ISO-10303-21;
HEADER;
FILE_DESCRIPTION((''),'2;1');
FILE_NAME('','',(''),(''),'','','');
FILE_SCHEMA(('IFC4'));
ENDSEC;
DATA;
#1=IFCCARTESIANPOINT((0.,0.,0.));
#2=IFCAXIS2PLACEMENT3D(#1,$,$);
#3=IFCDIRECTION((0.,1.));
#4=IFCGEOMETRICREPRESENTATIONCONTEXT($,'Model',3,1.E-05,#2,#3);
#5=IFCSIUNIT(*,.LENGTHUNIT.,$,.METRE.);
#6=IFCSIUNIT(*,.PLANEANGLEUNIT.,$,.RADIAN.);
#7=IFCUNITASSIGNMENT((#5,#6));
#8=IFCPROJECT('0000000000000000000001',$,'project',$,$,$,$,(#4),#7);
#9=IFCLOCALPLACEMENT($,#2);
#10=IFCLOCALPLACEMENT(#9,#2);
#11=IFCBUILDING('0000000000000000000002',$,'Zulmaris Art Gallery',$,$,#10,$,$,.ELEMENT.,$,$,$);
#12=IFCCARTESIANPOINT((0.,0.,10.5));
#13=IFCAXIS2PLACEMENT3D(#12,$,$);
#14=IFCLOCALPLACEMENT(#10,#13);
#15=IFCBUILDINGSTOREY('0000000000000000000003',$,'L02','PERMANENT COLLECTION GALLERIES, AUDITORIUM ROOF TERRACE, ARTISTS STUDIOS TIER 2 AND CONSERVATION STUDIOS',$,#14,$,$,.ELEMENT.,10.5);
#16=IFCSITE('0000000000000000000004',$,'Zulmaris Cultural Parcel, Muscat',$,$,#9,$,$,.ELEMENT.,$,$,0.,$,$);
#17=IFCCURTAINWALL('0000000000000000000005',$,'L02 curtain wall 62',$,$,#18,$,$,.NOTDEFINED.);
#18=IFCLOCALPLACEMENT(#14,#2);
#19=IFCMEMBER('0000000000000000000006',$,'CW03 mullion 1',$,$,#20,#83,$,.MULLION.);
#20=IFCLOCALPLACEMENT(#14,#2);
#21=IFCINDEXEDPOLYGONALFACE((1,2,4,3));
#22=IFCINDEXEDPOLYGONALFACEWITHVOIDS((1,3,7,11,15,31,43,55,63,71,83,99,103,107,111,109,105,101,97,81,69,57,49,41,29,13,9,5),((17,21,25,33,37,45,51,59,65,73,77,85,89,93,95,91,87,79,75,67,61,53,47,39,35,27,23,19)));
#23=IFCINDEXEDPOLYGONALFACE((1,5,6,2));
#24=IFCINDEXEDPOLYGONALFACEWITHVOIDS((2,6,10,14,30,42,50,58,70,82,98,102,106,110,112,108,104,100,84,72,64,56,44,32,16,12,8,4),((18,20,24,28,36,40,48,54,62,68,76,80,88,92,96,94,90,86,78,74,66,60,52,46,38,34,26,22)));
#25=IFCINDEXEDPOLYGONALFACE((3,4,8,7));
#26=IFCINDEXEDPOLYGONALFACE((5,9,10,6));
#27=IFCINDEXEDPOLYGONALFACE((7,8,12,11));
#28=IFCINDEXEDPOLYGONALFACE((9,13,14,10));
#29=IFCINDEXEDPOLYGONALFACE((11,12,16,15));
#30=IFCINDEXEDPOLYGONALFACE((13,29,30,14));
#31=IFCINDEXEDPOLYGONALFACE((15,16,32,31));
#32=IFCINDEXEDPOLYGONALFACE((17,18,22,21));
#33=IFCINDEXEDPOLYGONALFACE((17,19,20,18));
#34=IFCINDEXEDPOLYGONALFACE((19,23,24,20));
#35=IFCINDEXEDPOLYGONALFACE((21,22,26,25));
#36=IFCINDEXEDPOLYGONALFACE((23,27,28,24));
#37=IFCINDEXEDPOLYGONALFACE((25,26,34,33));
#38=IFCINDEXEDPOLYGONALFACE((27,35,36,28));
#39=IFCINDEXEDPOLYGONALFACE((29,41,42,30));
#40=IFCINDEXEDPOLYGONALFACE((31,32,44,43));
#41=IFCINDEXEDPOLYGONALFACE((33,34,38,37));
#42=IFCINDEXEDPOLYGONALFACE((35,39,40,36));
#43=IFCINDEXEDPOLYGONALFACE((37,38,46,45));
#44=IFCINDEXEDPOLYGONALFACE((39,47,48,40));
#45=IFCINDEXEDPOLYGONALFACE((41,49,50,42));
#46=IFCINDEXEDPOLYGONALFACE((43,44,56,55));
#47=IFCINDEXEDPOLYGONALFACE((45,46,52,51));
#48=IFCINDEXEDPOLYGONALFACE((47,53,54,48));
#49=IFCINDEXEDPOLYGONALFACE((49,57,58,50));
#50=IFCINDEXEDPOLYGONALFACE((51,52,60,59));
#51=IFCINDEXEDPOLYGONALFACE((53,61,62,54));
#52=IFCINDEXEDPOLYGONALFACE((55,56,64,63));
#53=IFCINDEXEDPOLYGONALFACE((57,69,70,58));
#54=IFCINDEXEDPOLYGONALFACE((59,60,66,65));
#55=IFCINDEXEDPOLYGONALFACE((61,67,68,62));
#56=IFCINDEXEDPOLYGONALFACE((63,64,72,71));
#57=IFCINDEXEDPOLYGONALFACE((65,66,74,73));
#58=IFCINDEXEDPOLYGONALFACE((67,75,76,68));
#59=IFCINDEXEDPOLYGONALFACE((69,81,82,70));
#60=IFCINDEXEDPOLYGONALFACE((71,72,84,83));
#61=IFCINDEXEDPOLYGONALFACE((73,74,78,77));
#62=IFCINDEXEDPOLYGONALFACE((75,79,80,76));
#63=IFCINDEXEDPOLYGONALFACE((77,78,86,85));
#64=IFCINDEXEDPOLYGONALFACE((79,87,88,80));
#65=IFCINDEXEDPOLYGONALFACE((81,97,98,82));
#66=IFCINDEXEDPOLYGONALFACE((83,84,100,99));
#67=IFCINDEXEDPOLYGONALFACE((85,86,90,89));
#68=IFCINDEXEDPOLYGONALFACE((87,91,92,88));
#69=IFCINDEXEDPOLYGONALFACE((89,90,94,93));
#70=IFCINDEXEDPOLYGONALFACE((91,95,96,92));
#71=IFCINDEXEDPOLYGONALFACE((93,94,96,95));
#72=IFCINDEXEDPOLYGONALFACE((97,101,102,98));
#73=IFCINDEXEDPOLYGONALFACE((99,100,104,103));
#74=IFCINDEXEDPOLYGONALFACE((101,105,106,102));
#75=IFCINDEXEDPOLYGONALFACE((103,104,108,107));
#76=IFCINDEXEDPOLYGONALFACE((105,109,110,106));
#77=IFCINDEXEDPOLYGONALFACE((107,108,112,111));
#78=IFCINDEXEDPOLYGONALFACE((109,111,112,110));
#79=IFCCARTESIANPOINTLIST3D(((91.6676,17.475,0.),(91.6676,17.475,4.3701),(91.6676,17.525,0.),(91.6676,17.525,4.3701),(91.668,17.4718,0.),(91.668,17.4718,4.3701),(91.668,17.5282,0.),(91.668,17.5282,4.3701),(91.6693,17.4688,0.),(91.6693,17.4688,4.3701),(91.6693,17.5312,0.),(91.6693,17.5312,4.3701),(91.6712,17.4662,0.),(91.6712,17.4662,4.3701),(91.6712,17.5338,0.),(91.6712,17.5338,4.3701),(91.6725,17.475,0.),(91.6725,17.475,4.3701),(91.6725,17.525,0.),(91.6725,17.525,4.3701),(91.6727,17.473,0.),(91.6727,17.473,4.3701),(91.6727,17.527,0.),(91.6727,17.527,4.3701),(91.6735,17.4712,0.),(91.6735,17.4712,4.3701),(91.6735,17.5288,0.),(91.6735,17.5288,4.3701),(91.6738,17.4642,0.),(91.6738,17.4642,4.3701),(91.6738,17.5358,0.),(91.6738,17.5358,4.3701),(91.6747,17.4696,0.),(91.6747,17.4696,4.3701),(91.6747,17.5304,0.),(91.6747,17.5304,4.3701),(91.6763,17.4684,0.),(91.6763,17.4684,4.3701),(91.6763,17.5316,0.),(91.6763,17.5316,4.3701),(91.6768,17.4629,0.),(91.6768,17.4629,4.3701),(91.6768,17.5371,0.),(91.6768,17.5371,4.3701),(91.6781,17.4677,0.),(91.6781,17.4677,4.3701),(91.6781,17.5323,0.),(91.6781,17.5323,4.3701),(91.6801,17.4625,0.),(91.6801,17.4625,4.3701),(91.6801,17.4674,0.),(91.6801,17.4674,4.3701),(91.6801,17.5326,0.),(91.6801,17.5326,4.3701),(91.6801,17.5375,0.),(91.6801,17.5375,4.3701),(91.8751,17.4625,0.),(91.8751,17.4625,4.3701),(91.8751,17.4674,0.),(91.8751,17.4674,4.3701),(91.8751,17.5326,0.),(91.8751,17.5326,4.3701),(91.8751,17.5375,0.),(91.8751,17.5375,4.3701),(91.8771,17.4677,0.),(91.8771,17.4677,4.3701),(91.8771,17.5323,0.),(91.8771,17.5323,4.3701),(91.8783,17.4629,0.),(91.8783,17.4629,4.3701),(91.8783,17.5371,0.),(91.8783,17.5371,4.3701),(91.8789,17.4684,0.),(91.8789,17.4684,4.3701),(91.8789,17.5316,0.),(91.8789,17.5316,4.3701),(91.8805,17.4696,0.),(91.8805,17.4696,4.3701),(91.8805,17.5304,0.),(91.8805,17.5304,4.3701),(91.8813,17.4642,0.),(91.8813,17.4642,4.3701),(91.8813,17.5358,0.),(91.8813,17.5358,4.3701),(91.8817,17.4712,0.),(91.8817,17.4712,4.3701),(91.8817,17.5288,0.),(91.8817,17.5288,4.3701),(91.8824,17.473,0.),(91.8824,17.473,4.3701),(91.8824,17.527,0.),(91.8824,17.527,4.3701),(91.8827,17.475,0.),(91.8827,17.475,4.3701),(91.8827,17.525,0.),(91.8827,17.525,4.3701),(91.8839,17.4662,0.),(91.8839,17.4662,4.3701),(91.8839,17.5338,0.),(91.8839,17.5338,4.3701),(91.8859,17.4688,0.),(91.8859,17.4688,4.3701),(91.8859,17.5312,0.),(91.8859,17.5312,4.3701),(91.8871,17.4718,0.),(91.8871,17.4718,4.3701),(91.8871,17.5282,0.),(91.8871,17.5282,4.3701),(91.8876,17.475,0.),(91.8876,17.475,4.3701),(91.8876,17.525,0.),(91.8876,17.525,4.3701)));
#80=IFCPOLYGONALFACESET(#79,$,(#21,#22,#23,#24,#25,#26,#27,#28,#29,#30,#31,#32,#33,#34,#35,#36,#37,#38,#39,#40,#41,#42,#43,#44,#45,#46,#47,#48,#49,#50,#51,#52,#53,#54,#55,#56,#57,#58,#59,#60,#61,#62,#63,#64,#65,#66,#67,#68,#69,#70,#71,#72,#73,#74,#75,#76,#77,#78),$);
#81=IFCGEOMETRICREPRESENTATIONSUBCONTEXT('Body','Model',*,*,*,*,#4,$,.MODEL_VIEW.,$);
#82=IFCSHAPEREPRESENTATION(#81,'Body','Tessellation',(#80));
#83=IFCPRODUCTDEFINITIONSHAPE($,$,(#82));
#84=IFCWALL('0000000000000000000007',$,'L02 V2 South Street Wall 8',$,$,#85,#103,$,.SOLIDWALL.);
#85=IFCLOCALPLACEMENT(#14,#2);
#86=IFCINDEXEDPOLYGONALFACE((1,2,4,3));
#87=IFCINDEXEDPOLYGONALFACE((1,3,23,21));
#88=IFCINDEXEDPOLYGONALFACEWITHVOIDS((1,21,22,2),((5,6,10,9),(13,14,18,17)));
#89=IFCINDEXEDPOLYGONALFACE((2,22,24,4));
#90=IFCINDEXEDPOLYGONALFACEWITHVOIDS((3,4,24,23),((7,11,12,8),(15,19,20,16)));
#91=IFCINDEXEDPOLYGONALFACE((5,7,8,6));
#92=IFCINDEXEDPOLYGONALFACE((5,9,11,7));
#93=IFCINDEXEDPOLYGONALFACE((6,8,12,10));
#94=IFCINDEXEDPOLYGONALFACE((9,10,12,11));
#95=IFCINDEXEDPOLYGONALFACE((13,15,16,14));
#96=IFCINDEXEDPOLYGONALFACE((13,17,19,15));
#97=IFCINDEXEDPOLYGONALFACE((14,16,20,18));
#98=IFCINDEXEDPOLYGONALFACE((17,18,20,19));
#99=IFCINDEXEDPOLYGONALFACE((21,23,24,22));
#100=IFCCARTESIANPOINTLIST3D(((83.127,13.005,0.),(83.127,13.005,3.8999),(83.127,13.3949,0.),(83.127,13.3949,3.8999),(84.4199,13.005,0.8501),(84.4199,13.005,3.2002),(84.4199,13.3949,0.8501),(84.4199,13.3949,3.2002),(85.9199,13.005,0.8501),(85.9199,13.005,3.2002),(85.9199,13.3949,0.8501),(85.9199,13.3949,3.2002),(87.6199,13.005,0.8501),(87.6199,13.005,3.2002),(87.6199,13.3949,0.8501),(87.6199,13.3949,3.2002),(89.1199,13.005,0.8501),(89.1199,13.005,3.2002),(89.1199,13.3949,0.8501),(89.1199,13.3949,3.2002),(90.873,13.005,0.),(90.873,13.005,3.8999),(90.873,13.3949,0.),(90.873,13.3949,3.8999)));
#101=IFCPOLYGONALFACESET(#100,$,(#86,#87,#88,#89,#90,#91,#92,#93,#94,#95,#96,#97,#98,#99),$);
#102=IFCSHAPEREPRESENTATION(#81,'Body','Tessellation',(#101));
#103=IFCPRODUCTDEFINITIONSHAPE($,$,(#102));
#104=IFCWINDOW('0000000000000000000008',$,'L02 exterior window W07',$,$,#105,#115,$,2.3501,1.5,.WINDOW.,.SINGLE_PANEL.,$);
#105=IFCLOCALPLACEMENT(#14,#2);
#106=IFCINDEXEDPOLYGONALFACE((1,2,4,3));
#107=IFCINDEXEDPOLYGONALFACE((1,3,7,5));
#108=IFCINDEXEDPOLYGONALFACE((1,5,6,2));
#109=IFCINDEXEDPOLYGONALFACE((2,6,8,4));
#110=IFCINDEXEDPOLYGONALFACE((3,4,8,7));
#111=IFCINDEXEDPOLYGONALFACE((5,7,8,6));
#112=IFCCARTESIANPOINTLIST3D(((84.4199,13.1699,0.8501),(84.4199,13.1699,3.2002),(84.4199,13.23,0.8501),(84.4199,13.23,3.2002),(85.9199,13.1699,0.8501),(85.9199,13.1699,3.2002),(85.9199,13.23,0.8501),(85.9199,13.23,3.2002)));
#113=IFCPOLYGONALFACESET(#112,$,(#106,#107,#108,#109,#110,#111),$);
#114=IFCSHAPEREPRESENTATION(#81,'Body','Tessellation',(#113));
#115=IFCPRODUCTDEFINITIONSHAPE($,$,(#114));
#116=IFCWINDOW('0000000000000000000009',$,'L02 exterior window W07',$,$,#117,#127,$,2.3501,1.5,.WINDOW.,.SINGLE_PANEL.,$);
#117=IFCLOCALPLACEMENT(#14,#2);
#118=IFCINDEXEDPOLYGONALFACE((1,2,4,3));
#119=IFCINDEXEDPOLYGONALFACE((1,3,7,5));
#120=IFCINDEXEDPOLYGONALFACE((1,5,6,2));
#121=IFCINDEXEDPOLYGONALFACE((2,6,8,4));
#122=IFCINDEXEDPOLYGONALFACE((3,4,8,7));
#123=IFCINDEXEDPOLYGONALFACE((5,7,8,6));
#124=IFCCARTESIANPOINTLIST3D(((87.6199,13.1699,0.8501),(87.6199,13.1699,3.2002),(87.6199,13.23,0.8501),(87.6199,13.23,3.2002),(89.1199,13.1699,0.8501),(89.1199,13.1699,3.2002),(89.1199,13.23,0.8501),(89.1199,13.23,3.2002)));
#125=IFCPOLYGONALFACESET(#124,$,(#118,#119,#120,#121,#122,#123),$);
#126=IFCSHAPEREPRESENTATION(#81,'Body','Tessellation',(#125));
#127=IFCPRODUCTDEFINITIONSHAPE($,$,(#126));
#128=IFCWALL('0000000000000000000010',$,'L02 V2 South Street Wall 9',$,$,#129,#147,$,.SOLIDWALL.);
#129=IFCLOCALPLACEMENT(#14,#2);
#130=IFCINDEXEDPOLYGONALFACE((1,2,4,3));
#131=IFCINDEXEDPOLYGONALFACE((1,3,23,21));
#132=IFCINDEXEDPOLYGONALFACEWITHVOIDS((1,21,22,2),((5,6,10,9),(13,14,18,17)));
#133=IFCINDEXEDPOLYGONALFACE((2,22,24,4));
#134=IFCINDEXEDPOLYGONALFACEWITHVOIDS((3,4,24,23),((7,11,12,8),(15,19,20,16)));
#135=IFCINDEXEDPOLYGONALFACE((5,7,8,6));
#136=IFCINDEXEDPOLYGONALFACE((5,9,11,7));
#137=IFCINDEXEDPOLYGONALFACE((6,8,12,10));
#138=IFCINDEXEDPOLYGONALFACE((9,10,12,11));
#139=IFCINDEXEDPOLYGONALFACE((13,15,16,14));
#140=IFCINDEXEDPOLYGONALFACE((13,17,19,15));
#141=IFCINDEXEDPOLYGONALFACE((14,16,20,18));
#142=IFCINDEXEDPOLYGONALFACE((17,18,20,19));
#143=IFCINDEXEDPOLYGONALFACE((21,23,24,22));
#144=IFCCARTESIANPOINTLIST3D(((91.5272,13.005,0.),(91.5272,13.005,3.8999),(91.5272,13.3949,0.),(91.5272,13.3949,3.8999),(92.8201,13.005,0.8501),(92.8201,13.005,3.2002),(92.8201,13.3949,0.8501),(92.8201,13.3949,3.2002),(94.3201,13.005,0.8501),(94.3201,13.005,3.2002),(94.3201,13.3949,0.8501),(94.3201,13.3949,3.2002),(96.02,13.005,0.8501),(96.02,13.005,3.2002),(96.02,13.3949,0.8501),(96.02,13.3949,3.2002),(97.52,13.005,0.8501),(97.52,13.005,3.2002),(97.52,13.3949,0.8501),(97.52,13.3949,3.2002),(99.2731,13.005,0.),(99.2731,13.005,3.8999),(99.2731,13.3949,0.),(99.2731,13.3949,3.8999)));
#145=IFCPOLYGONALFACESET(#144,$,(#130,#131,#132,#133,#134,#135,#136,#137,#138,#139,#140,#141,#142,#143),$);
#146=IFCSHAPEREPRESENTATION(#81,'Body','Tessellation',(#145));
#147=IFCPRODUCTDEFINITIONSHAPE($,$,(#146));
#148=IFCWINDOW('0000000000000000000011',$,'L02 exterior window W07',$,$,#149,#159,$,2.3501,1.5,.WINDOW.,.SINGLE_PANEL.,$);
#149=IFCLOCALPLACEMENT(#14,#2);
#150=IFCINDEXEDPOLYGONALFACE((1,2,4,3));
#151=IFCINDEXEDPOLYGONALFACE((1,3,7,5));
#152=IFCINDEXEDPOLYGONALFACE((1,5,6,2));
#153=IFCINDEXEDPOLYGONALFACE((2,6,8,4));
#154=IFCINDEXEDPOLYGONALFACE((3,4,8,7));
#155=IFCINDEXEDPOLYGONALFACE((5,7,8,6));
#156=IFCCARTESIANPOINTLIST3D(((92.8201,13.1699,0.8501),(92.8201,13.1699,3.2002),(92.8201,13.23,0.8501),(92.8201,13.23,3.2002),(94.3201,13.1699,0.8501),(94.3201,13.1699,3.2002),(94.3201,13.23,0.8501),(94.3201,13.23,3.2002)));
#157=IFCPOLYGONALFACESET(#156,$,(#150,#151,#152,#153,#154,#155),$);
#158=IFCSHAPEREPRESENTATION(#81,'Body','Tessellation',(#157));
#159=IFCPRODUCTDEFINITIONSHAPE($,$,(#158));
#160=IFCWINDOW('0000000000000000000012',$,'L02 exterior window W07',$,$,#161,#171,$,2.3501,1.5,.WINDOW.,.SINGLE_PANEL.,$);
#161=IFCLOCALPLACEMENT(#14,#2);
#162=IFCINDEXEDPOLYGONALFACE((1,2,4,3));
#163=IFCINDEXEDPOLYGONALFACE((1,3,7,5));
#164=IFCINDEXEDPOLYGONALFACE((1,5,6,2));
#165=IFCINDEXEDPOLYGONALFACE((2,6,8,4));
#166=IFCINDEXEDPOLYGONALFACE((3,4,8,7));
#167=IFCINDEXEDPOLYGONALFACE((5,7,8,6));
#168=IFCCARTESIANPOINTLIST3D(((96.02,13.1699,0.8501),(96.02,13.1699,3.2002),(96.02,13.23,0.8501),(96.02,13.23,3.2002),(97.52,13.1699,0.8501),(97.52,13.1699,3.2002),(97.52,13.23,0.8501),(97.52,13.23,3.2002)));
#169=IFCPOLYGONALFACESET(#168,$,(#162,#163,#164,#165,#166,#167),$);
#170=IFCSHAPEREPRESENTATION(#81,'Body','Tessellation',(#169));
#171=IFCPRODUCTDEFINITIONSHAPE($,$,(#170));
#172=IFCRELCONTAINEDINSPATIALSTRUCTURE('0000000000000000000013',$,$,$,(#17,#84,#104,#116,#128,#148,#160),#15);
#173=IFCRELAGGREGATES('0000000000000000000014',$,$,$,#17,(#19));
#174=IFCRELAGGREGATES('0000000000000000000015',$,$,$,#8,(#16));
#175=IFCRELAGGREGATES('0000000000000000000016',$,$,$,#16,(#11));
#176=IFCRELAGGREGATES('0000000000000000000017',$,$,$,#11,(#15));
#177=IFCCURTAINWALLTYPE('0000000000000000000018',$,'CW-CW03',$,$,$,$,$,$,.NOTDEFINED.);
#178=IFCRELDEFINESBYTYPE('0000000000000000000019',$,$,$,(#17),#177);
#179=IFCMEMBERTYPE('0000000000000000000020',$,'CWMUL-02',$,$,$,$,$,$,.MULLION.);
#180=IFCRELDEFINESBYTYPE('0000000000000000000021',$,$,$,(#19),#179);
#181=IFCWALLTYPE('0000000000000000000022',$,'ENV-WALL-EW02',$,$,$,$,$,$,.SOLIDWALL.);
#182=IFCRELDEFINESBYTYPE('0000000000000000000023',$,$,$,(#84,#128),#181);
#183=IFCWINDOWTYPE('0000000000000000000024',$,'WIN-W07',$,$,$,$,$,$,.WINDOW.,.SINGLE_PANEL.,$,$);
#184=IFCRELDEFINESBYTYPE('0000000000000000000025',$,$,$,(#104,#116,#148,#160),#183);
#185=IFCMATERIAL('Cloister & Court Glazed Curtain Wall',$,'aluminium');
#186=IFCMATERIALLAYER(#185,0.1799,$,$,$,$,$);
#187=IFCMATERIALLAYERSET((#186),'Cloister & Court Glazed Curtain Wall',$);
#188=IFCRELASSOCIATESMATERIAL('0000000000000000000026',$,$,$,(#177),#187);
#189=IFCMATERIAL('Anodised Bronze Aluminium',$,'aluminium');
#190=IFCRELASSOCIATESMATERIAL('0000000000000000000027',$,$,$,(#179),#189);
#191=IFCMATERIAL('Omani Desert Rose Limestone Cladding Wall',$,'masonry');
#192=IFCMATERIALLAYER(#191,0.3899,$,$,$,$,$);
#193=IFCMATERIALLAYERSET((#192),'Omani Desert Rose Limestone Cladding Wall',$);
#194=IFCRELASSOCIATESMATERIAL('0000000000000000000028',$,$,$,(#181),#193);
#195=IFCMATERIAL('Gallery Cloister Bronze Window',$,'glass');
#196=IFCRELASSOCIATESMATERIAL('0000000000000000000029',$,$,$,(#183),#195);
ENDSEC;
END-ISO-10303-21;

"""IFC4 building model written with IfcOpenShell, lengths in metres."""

from ifc_helpers import new_model, si_unit, direction, frame, frame_2d, origin, origin_2d, place, context, subcontext, project, spatial, rectangle, hollow_rectangle, extrude, material, layer, layer_set, material_profile, profile_set, type_object, element, fill, aggregate, save


model = new_model("IFC4")

# Units and contexts
model_context = context("Model", 3, precision=1e-05, world=origin(), true_north=direction((0.0, 1.0)))
body_context = subcontext(model_context, "Body", "Model", "MODEL_VIEW")
ifc_project = project(units=[si_unit("LENGTHUNIT", "METRE"), si_unit("PLANEANGLEUNIT", "RADIAN")], contexts=[model_context])

# Site, building, storey
site_placement = place(None, origin())
site = spatial("IfcSite", under=ifc_project, at=site_placement, Name="Zulmaris Cultural Parcel, Muscat", CompositionType="ELEMENT", RefElevation=0.0)
building_placement = place(site_placement, origin())
building = spatial("IfcBuilding", under=site, at=building_placement, Name="Zulmaris Art Gallery", CompositionType="ELEMENT")
storey_placement = place(building_placement, frame((0.0, 0.0, 10.5)))
storey = spatial("IfcBuildingStorey", under=building, at=storey_placement, Name="L02", Description="PERMANENT COLLECTION GALLERIES, AUDITORIUM ROOF TERRACE, ARTISTS STUDIOS TIER 2 AND CONSERVATION STUDIOS", CompositionType="ELEMENT", Elevation=10.5)

# Curtain wall, member
ifc_material_1 = material(Name="Cloister & Court Glazed Curtain Wall", Category="aluminium")
ifc_layer_1 = layer(ifc_material_1, 0.1799)
ifc_layer_set_1 = layer_set([ifc_layer_1], Name="Cloister & Court Glazed Curtain Wall")
curtain_wall_type = type_object("IfcCurtainWallType", Name="CW-CW03", PredefinedType="NOTDEFINED", material=ifc_layer_set_1)
curtain_wall_placement = place(storey_placement, origin())
curtain_wall = element("IfcCurtainWall", 1, at=curtain_wall_placement, inside=storey, type_object=curtain_wall_type, Name="L02 curtain wall 62", PredefinedType="NOTDEFINED")
ifc_material_2 = material(Name="Anodised Bronze Aluminium", Category="aluminium")
ifc_material_profile_1 = material_profile(ifc_material_2, hollow_rectangle(XDim=0.075, YDim=0.22, WallThickness=0.0049, InnerFilletRadius=0.0076, OuterFilletRadius=0.0125, at=origin_2d()), Name="ALU 75x220x5")
ifc_profile_set_1 = profile_set([ifc_material_profile_1], Name="Anodised Bronze Aluminium")
member_type = type_object("IfcMemberType", Name="CWMUL-02", PredefinedType="MULLION", material=ifc_profile_set_1)
member_placement = place(storey_placement, frame((91.7776, 17.5, 0.0), z_axis=(0.0, 0.0, 1.0), x_axis=(0.0, 1.0, 0.0)))
member = element("IfcMember", 2, at=member_placement, type_object=member_type, Name="CW03 mullion 1", PredefinedType="MULLION", context=body_context, shape_type="SweptSolid", body=[
    extrude(hollow_rectangle(XDim=0.075, YDim=0.22, WallThickness=0.0049, InnerFilletRadius=0.0076, OuterFilletRadius=0.0125, at=origin_2d()), origin(), (0.0, 0.0, 1.0), 4.3701),
])
aggregate(curtain_wall, [member])

# Walls, openings, windows
ifc_material_3 = material(Name="Omani Desert Rose Limestone Cladding Wall", Category="masonry")
ifc_layer_2 = layer(ifc_material_3, 0.3899)
ifc_layer_set_2 = layer_set([ifc_layer_2], Name="Omani Desert Rose Limestone Cladding Wall")
wall_type_1 = type_object("IfcWallType", Name="ENV-WALL-EW02", PredefinedType="SOLIDWALL", material=ifc_layer_set_2)
wall_1_placement = place(storey_placement, frame((83.127, 13.2, 0.0), z_axis=(0.0, 0.0, 1.0), x_axis=(1.0, 0.0, 0.0)))
wall_1 = element("IfcWall", 3, at=wall_1_placement, inside=storey, type_object=wall_type_1, Name="L02 V2 South Street Wall 8", PredefinedType="SOLIDWALL", context=body_context, shape_type="SweptSolid", body=[
    extrude(rectangle(XDim=7.7461, YDim=0.3899, at=frame_2d((3.873, 0.0))), origin(), (0.0, 0.0, 1.0), 3.8999),
])
opening_1_placement = place(wall_1_placement, frame((1.293, 0.0, 0.8501)))
opening_1 = element("IfcOpeningElement", 4, at=opening_1_placement, cuts=wall_1, PredefinedType="OPENING", context=body_context, shape_type="SweptSolid", body=[
    extrude(rectangle(XDim=1.5, YDim=2.3501, at=frame_2d((0.75, 1.175))), frame((0.0, 0.2048, 0.0), z_axis=(0.0, -1.0, 0.0), x_axis=(1.0, 0.0, 0.0)), (0.0, 0.0, 1.0), 0.4099),
])
opening_2_placement = place(wall_1_placement, frame((4.4929, 0.0, 0.8501)))
opening_2 = element("IfcOpeningElement", 5, at=opening_2_placement, cuts=wall_1, PredefinedType="OPENING", context=body_context, shape_type="SweptSolid", body=[
    extrude(rectangle(XDim=1.5, YDim=2.3501, at=frame_2d((0.75, 1.175))), frame((0.0, 0.2048, 0.0), z_axis=(0.0, -1.0, 0.0), x_axis=(1.0, 0.0, 0.0)), (0.0, 0.0, 1.0), 0.4099),
])
ifc_material_4 = material(Name="Gallery Cloister Bronze Window", Category="glass")
window_type_1 = type_object("IfcWindowType", Name="WIN-W07", PartitioningType="SINGLE_PANEL", PredefinedType="WINDOW", material=ifc_material_4)
window_1_placement = place(opening_1_placement, origin())
window_1 = element("IfcWindow", 6, at=window_1_placement, inside=storey, type_object=window_type_1, Name="L02 exterior window W07", OverallHeight=2.3501, OverallWidth=1.5, PartitioningType="SINGLE_PANEL", PredefinedType="WINDOW", context=body_context, shape_type="SweptSolid", body=[
    extrude(rectangle(XDim=1.5, YDim=2.3501, at=frame_2d((0.75, 1.175))), frame((0.0, 0.03, 0.0), z_axis=(0.0, -1.0, 0.0), x_axis=(1.0, 0.0, 0.0)), (0.0, 0.0, 1.0), 0.0601),
])
fill(opening_1, window_1)
window_2_placement = place(opening_2_placement, origin())
window_2 = element("IfcWindow", 7, at=window_2_placement, inside=storey, type_object=window_type_1, Name="L02 exterior window W07", OverallHeight=2.3501, OverallWidth=1.5, PartitioningType="SINGLE_PANEL", PredefinedType="WINDOW", context=body_context, shape_type="SweptSolid", body=[
    extrude(rectangle(XDim=1.5, YDim=2.3501, at=frame_2d((0.75, 1.175))), frame((0.0, 0.03, 0.0), z_axis=(0.0, -1.0, 0.0), x_axis=(1.0, 0.0, 0.0)), (0.0, 0.0, 1.0), 0.0601),
])
fill(opening_2, window_2)
wall_2_placement = place(storey_placement, frame((91.5271, 13.2, 0.0), z_axis=(0.0, 0.0, 1.0), x_axis=(1.0, 0.0, 0.0)))
wall_2 = element("IfcWall", 8, at=wall_2_placement, inside=storey, type_object=wall_type_1, Name="L02 V2 South Street Wall 9", PredefinedType="SOLIDWALL", context=body_context, shape_type="SweptSolid", body=[
    extrude(rectangle(XDim=7.7458, YDim=0.3899, at=frame_2d((3.873, 0.0))), origin(), (0.0, 0.0, 1.0), 3.8999),
])
opening_3_placement = place(wall_2_placement, frame((1.293, 0.0, 0.8501)))
opening_3 = element("IfcOpeningElement", 9, at=opening_3_placement, cuts=wall_2, PredefinedType="OPENING", context=body_context, shape_type="SweptSolid", body=[
    extrude(rectangle(XDim=1.5, YDim=2.3501, at=frame_2d((0.75, 1.175))), frame((0.0, 0.2048, 0.0), z_axis=(0.0, -1.0, 0.0), x_axis=(1.0, 0.0, 0.0)), (0.0, 0.0, 1.0), 0.4099),
])
opening_4_placement = place(wall_2_placement, frame((4.4929, 0.0, 0.8501)))
opening_4 = element("IfcOpeningElement", 10, at=opening_4_placement, cuts=wall_2, PredefinedType="OPENING", context=body_context, shape_type="SweptSolid", body=[
    extrude(rectangle(XDim=1.5, YDim=2.3501, at=frame_2d((0.75, 1.175))), frame((0.0, 0.2048, 0.0), z_axis=(0.0, -1.0, 0.0), x_axis=(1.0, 0.0, 0.0)), (0.0, 0.0, 1.0), 0.4099),
])
window_3_placement = place(opening_3_placement, origin())
window_3 = element("IfcWindow", 11, at=window_3_placement, inside=storey, type_object=window_type_1, Name="L02 exterior window W07", OverallHeight=2.3501, OverallWidth=1.5, PartitioningType="SINGLE_PANEL", PredefinedType="WINDOW", context=body_context, shape_type="SweptSolid", body=[
    extrude(rectangle(XDim=1.5, YDim=2.3501, at=frame_2d((0.75, 1.175))), frame((0.0, 0.03, 0.0), z_axis=(0.0, -1.0, 0.0), x_axis=(1.0, 0.0, 0.0)), (0.0, 0.0, 1.0), 0.0601),
])
fill(opening_3, window_3)
window_4_placement = place(opening_4_placement, origin())
window_4 = element("IfcWindow", 12, at=window_4_placement, inside=storey, type_object=window_type_1, Name="L02 exterior window W07", OverallHeight=2.3501, OverallWidth=1.5, PartitioningType="SINGLE_PANEL", PredefinedType="WINDOW", context=body_context, shape_type="SweptSolid", body=[
    extrude(rectangle(XDim=1.5, YDim=2.3501, at=frame_2d((0.75, 1.175))), frame((0.0, 0.03, 0.0), z_axis=(0.0, -1.0, 0.0), x_axis=(1.0, 0.0, 0.0)), (0.0, 0.0, 1.0), 0.0601),
])
fill(opening_4, window_4)

save(model, "model.ifc")
